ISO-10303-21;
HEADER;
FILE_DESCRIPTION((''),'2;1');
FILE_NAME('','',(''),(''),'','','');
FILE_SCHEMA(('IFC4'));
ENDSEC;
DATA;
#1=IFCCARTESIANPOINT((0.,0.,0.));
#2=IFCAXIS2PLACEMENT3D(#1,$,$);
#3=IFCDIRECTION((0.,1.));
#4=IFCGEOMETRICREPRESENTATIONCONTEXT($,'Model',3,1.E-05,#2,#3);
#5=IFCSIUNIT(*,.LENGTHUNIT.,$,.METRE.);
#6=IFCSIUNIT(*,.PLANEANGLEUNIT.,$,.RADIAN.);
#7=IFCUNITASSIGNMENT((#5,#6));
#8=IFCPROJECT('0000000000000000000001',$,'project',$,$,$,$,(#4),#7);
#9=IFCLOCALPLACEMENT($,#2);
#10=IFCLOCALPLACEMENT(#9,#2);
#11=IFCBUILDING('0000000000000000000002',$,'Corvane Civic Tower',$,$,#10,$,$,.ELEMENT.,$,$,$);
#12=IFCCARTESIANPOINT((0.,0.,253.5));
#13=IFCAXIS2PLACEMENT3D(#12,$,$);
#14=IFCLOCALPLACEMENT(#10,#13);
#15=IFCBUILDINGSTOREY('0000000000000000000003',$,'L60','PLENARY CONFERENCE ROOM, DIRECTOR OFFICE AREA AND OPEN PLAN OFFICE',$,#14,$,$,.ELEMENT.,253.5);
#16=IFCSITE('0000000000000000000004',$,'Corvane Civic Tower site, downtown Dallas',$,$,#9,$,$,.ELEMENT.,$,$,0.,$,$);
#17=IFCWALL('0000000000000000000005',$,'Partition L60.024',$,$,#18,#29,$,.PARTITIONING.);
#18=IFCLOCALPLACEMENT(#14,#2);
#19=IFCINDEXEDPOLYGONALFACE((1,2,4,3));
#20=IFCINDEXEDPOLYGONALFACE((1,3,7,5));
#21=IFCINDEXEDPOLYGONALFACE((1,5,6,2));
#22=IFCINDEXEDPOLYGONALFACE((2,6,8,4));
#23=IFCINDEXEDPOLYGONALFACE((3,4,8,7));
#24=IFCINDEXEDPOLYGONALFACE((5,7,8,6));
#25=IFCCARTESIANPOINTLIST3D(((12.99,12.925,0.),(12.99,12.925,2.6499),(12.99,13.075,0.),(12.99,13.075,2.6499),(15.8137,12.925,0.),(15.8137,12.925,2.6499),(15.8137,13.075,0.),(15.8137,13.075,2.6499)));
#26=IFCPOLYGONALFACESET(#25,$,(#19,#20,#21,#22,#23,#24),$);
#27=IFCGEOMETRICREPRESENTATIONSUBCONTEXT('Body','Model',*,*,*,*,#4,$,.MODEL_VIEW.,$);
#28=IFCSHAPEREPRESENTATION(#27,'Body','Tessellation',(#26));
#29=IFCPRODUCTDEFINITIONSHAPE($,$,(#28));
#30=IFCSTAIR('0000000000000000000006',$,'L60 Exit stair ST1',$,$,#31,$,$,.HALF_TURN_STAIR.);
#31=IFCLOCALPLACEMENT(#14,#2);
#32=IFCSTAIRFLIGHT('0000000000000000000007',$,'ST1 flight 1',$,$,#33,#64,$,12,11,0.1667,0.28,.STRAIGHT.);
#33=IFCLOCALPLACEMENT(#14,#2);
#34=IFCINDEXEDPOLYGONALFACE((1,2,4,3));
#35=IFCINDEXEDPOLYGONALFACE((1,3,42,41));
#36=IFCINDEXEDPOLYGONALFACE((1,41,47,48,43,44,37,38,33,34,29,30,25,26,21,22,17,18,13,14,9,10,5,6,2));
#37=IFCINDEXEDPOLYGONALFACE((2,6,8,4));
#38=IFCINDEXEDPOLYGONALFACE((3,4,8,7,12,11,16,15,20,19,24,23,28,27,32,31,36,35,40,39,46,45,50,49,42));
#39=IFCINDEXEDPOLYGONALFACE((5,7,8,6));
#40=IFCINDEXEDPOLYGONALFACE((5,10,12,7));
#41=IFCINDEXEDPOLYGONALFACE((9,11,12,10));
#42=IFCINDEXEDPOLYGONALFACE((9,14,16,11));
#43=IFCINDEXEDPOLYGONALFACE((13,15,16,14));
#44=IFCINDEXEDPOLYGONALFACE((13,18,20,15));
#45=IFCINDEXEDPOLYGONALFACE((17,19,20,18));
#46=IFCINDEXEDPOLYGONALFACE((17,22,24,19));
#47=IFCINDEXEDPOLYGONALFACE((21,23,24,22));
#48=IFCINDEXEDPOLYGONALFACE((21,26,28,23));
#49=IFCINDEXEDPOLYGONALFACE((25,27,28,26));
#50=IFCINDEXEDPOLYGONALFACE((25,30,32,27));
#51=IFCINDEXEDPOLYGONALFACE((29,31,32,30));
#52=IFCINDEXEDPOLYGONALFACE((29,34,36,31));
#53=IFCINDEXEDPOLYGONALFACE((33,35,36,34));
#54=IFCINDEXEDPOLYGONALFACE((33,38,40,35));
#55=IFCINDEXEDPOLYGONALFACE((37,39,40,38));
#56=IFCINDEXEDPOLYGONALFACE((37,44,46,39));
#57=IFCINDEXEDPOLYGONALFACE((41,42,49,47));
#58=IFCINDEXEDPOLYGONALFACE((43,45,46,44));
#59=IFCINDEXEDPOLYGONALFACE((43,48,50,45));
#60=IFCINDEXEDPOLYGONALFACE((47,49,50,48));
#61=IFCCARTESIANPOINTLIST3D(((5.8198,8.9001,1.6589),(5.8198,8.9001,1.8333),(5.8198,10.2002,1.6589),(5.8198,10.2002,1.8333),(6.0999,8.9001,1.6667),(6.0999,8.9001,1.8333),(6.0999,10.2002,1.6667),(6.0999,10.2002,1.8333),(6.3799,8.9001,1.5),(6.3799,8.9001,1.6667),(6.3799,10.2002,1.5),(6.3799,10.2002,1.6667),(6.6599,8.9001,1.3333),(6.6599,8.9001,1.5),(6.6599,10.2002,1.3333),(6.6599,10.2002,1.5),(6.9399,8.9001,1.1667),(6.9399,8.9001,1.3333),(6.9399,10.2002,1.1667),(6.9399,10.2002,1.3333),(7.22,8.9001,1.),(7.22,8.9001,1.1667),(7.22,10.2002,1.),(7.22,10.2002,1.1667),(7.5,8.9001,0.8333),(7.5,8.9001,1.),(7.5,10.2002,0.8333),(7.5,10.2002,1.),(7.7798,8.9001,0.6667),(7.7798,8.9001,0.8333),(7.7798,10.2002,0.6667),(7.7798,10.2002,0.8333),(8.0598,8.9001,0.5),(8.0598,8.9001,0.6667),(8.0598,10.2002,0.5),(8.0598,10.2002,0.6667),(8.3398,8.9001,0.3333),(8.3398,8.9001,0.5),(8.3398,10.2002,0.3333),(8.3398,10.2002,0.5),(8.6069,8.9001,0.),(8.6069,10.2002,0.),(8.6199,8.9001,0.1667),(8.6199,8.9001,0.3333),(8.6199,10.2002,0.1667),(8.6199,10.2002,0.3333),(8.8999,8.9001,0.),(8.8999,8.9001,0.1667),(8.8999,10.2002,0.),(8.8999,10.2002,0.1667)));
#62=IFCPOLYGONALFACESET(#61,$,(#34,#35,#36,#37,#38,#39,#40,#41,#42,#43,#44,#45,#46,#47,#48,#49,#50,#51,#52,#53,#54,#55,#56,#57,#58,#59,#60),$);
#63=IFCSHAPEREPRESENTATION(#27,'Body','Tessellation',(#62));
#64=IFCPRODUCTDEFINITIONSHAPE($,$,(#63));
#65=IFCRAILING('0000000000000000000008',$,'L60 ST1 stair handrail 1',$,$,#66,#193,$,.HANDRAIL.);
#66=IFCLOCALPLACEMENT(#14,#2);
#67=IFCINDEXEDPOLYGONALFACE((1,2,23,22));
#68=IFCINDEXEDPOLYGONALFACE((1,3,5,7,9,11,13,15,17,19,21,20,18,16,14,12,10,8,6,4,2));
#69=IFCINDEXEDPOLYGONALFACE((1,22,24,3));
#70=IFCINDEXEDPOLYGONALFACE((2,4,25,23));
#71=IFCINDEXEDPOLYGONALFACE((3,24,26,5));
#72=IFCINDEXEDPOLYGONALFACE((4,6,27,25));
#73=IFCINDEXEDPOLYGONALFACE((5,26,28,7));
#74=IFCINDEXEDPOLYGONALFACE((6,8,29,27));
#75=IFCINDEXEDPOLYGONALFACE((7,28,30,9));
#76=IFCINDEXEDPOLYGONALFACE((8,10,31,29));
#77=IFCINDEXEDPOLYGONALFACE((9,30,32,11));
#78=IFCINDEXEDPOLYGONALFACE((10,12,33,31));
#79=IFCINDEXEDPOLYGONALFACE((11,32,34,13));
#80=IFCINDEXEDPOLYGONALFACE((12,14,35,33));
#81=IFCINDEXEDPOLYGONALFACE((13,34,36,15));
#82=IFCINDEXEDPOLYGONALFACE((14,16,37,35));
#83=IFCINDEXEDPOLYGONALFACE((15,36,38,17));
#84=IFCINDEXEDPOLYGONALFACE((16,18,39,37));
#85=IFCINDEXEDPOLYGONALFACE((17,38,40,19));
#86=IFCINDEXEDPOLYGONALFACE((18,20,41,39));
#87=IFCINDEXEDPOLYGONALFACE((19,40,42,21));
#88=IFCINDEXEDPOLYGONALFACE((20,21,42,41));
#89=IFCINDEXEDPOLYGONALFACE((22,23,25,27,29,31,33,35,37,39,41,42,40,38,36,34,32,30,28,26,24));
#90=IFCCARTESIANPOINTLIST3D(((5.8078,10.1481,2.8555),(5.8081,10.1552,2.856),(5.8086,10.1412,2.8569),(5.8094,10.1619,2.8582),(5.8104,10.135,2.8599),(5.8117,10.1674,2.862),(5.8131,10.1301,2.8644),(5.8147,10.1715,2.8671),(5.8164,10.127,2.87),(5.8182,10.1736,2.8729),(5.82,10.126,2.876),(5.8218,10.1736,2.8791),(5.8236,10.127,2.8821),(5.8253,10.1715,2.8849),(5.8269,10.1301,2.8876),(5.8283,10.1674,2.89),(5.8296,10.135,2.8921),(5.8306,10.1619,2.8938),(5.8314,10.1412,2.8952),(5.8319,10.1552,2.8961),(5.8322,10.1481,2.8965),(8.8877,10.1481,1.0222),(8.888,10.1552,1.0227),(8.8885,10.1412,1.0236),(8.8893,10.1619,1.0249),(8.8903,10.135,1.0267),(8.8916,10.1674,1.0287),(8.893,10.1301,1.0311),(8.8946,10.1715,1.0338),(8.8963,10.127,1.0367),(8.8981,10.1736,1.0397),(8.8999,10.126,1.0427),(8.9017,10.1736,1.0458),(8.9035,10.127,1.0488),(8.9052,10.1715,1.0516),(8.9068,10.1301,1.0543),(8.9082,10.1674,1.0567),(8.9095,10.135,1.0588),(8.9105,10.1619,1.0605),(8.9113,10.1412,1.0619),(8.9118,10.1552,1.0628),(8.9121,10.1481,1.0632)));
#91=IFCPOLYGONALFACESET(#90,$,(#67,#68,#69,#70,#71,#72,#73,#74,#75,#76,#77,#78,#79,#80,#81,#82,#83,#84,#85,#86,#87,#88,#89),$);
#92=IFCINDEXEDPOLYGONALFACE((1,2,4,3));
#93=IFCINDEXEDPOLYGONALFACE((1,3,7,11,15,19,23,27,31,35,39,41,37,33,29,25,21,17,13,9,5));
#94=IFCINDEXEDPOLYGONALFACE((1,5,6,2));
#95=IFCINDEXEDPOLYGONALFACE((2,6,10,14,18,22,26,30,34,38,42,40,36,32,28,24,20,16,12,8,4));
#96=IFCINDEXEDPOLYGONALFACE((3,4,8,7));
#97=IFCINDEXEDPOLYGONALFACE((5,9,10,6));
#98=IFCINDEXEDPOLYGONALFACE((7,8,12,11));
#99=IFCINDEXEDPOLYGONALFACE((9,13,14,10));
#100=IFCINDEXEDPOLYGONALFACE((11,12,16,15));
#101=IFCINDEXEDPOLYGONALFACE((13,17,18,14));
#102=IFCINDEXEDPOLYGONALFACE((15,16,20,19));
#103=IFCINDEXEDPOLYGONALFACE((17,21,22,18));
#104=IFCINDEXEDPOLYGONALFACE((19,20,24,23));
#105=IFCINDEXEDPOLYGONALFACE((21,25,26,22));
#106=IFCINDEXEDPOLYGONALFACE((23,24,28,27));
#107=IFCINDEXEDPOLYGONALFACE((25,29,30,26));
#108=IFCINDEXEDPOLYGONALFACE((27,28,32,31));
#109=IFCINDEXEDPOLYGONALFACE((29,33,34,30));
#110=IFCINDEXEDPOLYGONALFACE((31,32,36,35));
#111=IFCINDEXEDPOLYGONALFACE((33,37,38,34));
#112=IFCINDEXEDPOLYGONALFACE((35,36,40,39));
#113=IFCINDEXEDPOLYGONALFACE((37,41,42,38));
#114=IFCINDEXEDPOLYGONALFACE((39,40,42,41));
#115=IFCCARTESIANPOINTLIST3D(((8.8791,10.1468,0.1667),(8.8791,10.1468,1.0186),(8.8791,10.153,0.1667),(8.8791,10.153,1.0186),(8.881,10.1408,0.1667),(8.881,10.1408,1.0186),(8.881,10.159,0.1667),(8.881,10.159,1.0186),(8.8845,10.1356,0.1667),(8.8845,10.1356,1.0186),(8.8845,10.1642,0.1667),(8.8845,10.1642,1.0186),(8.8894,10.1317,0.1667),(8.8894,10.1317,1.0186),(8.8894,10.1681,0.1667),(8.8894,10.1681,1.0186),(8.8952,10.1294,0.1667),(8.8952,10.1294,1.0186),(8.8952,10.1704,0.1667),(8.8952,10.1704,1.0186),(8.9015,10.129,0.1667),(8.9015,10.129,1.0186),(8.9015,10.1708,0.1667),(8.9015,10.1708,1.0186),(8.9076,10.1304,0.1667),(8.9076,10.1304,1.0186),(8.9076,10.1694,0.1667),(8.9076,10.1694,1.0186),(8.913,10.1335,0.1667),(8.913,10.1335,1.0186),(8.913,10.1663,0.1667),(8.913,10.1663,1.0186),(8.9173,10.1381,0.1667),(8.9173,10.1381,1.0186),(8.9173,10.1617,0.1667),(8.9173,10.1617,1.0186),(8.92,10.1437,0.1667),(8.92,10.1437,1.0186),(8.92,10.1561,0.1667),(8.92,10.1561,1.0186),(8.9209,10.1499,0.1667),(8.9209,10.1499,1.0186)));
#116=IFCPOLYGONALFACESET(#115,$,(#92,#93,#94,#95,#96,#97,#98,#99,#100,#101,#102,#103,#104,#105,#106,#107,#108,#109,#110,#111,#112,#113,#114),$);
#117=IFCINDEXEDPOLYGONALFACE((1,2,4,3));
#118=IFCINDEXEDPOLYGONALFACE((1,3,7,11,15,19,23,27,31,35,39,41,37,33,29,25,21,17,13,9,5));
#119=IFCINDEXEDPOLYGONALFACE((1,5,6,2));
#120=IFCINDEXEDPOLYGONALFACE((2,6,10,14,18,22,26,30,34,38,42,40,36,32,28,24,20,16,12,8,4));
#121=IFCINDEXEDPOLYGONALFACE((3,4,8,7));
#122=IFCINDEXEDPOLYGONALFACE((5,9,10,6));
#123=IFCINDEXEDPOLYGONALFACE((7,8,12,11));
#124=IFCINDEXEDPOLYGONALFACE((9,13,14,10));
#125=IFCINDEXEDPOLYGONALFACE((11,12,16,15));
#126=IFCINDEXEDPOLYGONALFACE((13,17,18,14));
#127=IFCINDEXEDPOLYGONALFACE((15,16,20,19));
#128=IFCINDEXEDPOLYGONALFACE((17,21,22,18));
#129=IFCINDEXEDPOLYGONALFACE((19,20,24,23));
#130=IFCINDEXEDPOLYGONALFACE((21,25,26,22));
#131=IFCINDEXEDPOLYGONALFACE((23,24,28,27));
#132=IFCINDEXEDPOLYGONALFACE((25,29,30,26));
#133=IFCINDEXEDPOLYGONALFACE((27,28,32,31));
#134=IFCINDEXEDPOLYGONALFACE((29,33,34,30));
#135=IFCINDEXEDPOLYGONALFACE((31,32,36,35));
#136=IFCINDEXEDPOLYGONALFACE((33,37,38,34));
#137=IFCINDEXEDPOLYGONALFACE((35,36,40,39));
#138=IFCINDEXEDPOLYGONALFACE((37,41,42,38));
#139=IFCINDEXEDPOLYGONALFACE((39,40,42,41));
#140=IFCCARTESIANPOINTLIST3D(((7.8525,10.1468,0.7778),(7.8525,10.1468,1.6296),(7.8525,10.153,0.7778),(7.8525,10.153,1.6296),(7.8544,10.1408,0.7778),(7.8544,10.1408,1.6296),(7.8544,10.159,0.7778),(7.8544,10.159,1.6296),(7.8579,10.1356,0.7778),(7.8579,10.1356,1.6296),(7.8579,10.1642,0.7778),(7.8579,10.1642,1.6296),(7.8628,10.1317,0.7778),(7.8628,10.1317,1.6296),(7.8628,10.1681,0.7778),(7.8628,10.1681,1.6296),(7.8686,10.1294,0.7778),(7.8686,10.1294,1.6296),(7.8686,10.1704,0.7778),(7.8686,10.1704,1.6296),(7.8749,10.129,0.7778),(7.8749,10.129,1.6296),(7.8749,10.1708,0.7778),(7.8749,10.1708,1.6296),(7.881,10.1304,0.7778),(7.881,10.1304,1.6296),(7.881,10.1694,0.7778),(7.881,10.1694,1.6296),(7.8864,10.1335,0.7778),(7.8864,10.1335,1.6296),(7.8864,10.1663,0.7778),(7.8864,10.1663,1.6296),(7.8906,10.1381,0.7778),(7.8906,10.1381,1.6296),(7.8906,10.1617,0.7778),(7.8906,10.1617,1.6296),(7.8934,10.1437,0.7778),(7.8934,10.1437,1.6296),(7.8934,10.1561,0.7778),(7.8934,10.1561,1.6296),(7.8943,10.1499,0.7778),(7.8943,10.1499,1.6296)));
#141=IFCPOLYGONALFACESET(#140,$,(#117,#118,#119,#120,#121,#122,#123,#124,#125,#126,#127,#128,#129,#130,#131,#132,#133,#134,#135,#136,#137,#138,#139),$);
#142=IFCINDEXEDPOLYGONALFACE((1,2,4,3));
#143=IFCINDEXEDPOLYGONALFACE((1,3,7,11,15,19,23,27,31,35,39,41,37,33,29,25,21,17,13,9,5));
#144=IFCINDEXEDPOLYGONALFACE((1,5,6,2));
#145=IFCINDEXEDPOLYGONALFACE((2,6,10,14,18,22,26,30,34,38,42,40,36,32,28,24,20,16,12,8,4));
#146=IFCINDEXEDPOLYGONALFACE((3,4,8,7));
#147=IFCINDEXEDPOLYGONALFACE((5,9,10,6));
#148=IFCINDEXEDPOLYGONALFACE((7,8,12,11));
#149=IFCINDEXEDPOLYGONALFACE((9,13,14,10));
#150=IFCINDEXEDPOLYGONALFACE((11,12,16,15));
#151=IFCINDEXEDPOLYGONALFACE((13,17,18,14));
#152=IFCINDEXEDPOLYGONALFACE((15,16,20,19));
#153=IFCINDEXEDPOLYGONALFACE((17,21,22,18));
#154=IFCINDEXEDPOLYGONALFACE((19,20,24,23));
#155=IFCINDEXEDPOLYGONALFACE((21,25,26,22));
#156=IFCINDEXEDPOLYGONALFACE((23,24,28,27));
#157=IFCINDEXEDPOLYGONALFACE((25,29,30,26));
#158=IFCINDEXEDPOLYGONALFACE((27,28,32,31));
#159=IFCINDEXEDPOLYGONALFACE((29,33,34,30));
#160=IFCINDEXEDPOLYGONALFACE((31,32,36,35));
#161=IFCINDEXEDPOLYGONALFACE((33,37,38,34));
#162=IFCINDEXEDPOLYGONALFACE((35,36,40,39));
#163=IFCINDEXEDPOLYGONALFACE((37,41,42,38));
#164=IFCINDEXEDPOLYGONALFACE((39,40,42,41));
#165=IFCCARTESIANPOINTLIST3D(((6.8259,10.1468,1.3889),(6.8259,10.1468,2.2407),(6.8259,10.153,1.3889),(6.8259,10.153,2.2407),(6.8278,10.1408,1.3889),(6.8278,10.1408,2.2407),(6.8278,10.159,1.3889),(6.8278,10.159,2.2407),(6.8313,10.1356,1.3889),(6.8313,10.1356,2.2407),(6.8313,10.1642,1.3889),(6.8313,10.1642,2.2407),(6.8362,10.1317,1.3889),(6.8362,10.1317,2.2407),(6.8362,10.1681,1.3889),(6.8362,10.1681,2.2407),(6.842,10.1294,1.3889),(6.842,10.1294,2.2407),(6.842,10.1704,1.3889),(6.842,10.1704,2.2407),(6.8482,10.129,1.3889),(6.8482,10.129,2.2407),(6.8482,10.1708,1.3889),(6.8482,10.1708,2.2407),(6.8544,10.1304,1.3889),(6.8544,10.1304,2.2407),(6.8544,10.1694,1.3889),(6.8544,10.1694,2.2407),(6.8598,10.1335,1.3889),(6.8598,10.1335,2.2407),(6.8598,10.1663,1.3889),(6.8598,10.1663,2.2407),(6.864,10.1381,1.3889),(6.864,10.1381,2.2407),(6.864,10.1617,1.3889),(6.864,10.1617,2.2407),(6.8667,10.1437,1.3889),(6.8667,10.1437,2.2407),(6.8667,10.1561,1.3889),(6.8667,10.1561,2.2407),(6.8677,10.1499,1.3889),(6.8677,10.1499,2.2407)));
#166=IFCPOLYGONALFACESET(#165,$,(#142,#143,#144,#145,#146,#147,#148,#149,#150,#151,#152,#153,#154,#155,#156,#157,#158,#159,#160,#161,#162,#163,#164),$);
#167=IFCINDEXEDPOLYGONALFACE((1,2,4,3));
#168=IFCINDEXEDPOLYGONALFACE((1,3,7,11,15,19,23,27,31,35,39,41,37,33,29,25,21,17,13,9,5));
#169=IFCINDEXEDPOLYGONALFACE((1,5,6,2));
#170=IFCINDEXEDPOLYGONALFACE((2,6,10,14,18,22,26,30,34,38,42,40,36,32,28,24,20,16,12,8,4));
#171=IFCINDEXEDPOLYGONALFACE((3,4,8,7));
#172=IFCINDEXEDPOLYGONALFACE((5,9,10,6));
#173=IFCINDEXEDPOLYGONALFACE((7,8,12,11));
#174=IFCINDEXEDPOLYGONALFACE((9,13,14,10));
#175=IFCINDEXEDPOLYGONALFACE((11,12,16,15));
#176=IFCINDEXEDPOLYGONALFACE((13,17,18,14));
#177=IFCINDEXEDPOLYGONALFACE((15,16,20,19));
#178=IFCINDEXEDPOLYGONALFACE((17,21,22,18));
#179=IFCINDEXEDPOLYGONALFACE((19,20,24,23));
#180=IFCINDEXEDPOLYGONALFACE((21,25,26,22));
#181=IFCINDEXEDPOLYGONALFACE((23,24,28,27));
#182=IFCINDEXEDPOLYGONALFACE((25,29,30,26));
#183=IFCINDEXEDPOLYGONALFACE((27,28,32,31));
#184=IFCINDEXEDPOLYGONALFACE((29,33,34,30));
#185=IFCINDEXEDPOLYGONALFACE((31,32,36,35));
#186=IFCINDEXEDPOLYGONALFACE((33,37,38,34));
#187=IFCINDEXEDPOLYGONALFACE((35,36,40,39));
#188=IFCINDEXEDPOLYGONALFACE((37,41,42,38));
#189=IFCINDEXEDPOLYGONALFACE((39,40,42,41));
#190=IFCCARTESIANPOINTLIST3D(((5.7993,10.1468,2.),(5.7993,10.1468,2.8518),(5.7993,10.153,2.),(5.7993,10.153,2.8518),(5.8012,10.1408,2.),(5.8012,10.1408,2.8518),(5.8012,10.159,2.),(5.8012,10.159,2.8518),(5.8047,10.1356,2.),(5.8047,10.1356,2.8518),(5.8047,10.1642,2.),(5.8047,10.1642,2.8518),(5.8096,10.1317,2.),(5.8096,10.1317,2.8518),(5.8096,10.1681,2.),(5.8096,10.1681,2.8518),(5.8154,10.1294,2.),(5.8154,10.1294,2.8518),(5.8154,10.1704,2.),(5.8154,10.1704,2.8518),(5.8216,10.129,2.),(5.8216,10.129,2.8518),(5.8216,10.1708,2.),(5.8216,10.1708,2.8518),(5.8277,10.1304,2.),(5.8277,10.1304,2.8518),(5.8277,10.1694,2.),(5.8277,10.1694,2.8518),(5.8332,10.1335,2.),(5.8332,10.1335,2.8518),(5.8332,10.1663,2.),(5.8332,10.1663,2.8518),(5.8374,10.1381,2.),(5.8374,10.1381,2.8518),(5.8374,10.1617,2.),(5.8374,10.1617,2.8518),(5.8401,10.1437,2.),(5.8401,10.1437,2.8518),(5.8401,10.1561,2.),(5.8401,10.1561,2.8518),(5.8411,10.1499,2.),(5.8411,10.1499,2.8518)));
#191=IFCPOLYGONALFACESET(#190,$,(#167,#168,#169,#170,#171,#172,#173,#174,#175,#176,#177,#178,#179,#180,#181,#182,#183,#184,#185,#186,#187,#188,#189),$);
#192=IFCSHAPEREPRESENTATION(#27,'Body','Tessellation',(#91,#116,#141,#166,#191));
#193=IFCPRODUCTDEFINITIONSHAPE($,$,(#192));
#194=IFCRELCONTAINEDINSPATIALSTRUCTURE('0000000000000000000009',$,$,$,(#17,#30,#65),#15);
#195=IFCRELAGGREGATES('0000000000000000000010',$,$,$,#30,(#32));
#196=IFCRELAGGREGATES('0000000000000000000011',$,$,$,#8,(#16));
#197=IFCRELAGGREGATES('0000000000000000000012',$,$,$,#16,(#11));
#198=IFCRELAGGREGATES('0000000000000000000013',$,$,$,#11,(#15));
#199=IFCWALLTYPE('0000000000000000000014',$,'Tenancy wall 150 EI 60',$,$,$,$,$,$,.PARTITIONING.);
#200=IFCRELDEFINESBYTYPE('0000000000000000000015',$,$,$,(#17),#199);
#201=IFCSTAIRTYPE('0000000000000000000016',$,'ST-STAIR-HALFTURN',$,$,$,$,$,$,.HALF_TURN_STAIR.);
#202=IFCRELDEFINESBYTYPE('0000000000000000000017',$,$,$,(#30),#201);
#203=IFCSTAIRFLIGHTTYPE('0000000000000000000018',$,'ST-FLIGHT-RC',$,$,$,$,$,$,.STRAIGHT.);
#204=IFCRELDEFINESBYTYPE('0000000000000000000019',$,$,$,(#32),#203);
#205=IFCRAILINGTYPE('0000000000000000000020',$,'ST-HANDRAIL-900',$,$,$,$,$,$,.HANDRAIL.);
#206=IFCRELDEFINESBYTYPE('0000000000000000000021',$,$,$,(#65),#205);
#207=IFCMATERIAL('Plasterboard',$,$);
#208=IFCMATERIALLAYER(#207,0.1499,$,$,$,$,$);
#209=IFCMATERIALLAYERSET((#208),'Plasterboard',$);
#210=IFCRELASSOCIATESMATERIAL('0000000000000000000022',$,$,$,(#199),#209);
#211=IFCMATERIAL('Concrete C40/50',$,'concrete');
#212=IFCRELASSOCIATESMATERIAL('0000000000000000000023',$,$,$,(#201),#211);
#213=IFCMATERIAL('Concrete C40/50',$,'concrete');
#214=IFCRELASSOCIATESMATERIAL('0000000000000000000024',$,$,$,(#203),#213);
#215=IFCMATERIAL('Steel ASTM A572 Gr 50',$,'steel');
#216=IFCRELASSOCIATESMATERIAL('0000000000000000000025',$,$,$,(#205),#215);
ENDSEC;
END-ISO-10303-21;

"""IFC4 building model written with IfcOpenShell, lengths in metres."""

from ifc_helpers import new_model, si_unit, direction, frame, frame_2d, origin, origin_2d, place, context, subcontext, project, spatial, polyline, rectangle, circle, outline, extrude, material, layer, layer_set, type_object, element, aggregate, save


model = new_model("IFC4")

# Units and contexts
model_context = context("Model", 3, precision=1e-05, world=origin(), true_north=direction((0.0, 1.0)))
body_context = subcontext(model_context, "Body", "Model", "MODEL_VIEW")
ifc_project = project(units=[si_unit("LENGTHUNIT", "METRE"), si_unit("PLANEANGLEUNIT", "RADIAN")], contexts=[model_context])

# Site, building, storey
site_placement = place(None, origin())
site = spatial("IfcSite", under=ifc_project, at=site_placement, Name="Corvane Civic Tower site, downtown Dallas", CompositionType="ELEMENT", RefElevation=0.0)
building_placement = place(site_placement, origin())
building = spatial("IfcBuilding", under=site, at=building_placement, Name="Corvane Civic Tower", CompositionType="ELEMENT")
storey_placement = place(building_placement, frame((0.0, 0.0, 253.5)))
storey = spatial("IfcBuildingStorey", under=building, at=storey_placement, Name="L60", Description="PLENARY CONFERENCE ROOM, DIRECTOR OFFICE AREA AND OPEN PLAN OFFICE", CompositionType="ELEMENT", Elevation=253.5)

# Wall
ifc_material_1 = material(Name="Plasterboard")
ifc_layer_1 = layer(ifc_material_1, 0.1499)
ifc_layer_set_1 = layer_set([ifc_layer_1], Name="Plasterboard")
wall_type_1 = type_object("IfcWallType", Name="Tenancy wall 150 EI 60", PredefinedType="PARTITIONING", material=ifc_layer_set_1)
wall_1_placement = place(storey_placement, frame((12.99, 13.0, 0.0), z_axis=(0.0, 0.0, 1.0), x_axis=(1.0, 0.0, 0.0)))
element("IfcWall", 1, at=wall_1_placement, inside=storey, type_object=wall_type_1, Name="Partition L60.024", PredefinedType="PARTITIONING", context=body_context, shape_type="SweptSolid", body=[
    extrude(rectangle(XDim=2.8237, YDim=0.1499, at=frame_2d((1.4119, 0.0))), origin(), (0.0, 0.0, 1.0), 2.6499),
])

# Stair, stair flight
ifc_material_2 = material(Name="Concrete C40/50", Category="concrete")
stair_type = type_object("IfcStairType", Name="ST-STAIR-HALFTURN", PredefinedType="HALF_TURN_STAIR", material=ifc_material_2)
stair_placement = place(storey_placement, origin())
stair = element("IfcStair", 2, at=stair_placement, inside=storey, type_object=stair_type, Name="L60 Exit stair ST1", PredefinedType="HALF_TURN_STAIR")
ifc_material_3 = material(Name="Concrete C40/50", Category="concrete")
stair_flight_type = type_object("IfcStairFlightType", Name="ST-FLIGHT-RC", PredefinedType="STRAIGHT", material=ifc_material_3)
stair_flight_placement = place(storey_placement, frame((8.8999, 9.55, 0.0), z_axis=(0.0, 0.0, 1.0), x_axis=(-1.0, 0.0, 0.0)))
stair_flight = element("IfcStairFlight", 3, at=stair_flight_placement, type_object=stair_flight_type, Name="ST1 flight 1", NumberOfRisers=12, NumberOfTreads=11, PredefinedType="STRAIGHT", RiserHeight=0.1667, TreadLength=0.28, context=body_context, shape_type="SweptSolid", body=[
    extrude(outline(polyline([(0.0, 0.0), (0.0, 0.1667), (0.28, 0.1667), (0.28, 0.3333), (0.5601, 0.3333), (0.5601, 0.5), (0.8401, 0.5), (0.8401, 0.6667), (1.1201, 0.6667), (1.1201, 0.8333), (1.3999, 0.8333), (1.3999, 1.0), (1.6799, 1.0), (1.6799, 1.1667), (1.96, 1.1667), (1.96, 1.3333), (2.24, 1.3333), (2.24, 1.5), (2.52, 1.5), (2.52, 1.6667), (2.8, 1.6667), (2.8, 1.8333), (3.0801, 1.8333), (3.0801, 2.0), (3.0801, 1.6589), (0.293, 0.0), (0.0, 0.0)])), frame((0.0, 0.6499, 0.0), z_axis=(0.0, -1.0, 0.0), x_axis=(1.0, 0.0, 0.0)), (0.0, 0.0, 1.0), 1.3),
])
aggregate(stair, [stair_flight])

# Railing
ifc_material_4 = material(Name="Steel ASTM A572 Gr 50", Category="steel")
railing_type_1 = type_object("IfcRailingType", Name="ST-HANDRAIL-900", PredefinedType="HANDRAIL", material=ifc_material_4)
railing_1_placement = place(storey_placement, frame((8.8999, 10.1499, 0.1667)))
element("IfcRailing", 4, at=railing_1_placement, inside=storey, type_object=railing_type_1, Name="L60 ST1 stair handrail 1", PredefinedType="HANDRAIL", context=body_context, shape_type="SweptSolid", body=[
    extrude(circle(Radius=0.0239, at=origin_2d()), frame((0.0, 0.0, 0.876), z_axis=(-0.859291, 0.0, 0.511487), x_axis=(0.0, -1.0, 0.0)), (0.0, 0.0, 1.0), 3.5842),
    extrude(circle(Radius=0.021, at=origin_2d()), origin(), (0.0, 0.0, 1.0), 0.8518),
    extrude(circle(Radius=0.021, at=origin_2d()), frame((-1.0266, 0.0, 0.6111)), (0.0, 0.0, 1.0), 0.8518),
    extrude(circle(Radius=0.021, at=origin_2d()), frame((-2.0532, 0.0, 1.2222)), (0.0, 0.0, 1.0), 0.8518),
    extrude(circle(Radius=0.021, at=origin_2d()), frame((-3.0798, 0.0, 1.8333)), (0.0, 0.0, 1.0), 0.8518),
])

save(model, "model.ifc")
